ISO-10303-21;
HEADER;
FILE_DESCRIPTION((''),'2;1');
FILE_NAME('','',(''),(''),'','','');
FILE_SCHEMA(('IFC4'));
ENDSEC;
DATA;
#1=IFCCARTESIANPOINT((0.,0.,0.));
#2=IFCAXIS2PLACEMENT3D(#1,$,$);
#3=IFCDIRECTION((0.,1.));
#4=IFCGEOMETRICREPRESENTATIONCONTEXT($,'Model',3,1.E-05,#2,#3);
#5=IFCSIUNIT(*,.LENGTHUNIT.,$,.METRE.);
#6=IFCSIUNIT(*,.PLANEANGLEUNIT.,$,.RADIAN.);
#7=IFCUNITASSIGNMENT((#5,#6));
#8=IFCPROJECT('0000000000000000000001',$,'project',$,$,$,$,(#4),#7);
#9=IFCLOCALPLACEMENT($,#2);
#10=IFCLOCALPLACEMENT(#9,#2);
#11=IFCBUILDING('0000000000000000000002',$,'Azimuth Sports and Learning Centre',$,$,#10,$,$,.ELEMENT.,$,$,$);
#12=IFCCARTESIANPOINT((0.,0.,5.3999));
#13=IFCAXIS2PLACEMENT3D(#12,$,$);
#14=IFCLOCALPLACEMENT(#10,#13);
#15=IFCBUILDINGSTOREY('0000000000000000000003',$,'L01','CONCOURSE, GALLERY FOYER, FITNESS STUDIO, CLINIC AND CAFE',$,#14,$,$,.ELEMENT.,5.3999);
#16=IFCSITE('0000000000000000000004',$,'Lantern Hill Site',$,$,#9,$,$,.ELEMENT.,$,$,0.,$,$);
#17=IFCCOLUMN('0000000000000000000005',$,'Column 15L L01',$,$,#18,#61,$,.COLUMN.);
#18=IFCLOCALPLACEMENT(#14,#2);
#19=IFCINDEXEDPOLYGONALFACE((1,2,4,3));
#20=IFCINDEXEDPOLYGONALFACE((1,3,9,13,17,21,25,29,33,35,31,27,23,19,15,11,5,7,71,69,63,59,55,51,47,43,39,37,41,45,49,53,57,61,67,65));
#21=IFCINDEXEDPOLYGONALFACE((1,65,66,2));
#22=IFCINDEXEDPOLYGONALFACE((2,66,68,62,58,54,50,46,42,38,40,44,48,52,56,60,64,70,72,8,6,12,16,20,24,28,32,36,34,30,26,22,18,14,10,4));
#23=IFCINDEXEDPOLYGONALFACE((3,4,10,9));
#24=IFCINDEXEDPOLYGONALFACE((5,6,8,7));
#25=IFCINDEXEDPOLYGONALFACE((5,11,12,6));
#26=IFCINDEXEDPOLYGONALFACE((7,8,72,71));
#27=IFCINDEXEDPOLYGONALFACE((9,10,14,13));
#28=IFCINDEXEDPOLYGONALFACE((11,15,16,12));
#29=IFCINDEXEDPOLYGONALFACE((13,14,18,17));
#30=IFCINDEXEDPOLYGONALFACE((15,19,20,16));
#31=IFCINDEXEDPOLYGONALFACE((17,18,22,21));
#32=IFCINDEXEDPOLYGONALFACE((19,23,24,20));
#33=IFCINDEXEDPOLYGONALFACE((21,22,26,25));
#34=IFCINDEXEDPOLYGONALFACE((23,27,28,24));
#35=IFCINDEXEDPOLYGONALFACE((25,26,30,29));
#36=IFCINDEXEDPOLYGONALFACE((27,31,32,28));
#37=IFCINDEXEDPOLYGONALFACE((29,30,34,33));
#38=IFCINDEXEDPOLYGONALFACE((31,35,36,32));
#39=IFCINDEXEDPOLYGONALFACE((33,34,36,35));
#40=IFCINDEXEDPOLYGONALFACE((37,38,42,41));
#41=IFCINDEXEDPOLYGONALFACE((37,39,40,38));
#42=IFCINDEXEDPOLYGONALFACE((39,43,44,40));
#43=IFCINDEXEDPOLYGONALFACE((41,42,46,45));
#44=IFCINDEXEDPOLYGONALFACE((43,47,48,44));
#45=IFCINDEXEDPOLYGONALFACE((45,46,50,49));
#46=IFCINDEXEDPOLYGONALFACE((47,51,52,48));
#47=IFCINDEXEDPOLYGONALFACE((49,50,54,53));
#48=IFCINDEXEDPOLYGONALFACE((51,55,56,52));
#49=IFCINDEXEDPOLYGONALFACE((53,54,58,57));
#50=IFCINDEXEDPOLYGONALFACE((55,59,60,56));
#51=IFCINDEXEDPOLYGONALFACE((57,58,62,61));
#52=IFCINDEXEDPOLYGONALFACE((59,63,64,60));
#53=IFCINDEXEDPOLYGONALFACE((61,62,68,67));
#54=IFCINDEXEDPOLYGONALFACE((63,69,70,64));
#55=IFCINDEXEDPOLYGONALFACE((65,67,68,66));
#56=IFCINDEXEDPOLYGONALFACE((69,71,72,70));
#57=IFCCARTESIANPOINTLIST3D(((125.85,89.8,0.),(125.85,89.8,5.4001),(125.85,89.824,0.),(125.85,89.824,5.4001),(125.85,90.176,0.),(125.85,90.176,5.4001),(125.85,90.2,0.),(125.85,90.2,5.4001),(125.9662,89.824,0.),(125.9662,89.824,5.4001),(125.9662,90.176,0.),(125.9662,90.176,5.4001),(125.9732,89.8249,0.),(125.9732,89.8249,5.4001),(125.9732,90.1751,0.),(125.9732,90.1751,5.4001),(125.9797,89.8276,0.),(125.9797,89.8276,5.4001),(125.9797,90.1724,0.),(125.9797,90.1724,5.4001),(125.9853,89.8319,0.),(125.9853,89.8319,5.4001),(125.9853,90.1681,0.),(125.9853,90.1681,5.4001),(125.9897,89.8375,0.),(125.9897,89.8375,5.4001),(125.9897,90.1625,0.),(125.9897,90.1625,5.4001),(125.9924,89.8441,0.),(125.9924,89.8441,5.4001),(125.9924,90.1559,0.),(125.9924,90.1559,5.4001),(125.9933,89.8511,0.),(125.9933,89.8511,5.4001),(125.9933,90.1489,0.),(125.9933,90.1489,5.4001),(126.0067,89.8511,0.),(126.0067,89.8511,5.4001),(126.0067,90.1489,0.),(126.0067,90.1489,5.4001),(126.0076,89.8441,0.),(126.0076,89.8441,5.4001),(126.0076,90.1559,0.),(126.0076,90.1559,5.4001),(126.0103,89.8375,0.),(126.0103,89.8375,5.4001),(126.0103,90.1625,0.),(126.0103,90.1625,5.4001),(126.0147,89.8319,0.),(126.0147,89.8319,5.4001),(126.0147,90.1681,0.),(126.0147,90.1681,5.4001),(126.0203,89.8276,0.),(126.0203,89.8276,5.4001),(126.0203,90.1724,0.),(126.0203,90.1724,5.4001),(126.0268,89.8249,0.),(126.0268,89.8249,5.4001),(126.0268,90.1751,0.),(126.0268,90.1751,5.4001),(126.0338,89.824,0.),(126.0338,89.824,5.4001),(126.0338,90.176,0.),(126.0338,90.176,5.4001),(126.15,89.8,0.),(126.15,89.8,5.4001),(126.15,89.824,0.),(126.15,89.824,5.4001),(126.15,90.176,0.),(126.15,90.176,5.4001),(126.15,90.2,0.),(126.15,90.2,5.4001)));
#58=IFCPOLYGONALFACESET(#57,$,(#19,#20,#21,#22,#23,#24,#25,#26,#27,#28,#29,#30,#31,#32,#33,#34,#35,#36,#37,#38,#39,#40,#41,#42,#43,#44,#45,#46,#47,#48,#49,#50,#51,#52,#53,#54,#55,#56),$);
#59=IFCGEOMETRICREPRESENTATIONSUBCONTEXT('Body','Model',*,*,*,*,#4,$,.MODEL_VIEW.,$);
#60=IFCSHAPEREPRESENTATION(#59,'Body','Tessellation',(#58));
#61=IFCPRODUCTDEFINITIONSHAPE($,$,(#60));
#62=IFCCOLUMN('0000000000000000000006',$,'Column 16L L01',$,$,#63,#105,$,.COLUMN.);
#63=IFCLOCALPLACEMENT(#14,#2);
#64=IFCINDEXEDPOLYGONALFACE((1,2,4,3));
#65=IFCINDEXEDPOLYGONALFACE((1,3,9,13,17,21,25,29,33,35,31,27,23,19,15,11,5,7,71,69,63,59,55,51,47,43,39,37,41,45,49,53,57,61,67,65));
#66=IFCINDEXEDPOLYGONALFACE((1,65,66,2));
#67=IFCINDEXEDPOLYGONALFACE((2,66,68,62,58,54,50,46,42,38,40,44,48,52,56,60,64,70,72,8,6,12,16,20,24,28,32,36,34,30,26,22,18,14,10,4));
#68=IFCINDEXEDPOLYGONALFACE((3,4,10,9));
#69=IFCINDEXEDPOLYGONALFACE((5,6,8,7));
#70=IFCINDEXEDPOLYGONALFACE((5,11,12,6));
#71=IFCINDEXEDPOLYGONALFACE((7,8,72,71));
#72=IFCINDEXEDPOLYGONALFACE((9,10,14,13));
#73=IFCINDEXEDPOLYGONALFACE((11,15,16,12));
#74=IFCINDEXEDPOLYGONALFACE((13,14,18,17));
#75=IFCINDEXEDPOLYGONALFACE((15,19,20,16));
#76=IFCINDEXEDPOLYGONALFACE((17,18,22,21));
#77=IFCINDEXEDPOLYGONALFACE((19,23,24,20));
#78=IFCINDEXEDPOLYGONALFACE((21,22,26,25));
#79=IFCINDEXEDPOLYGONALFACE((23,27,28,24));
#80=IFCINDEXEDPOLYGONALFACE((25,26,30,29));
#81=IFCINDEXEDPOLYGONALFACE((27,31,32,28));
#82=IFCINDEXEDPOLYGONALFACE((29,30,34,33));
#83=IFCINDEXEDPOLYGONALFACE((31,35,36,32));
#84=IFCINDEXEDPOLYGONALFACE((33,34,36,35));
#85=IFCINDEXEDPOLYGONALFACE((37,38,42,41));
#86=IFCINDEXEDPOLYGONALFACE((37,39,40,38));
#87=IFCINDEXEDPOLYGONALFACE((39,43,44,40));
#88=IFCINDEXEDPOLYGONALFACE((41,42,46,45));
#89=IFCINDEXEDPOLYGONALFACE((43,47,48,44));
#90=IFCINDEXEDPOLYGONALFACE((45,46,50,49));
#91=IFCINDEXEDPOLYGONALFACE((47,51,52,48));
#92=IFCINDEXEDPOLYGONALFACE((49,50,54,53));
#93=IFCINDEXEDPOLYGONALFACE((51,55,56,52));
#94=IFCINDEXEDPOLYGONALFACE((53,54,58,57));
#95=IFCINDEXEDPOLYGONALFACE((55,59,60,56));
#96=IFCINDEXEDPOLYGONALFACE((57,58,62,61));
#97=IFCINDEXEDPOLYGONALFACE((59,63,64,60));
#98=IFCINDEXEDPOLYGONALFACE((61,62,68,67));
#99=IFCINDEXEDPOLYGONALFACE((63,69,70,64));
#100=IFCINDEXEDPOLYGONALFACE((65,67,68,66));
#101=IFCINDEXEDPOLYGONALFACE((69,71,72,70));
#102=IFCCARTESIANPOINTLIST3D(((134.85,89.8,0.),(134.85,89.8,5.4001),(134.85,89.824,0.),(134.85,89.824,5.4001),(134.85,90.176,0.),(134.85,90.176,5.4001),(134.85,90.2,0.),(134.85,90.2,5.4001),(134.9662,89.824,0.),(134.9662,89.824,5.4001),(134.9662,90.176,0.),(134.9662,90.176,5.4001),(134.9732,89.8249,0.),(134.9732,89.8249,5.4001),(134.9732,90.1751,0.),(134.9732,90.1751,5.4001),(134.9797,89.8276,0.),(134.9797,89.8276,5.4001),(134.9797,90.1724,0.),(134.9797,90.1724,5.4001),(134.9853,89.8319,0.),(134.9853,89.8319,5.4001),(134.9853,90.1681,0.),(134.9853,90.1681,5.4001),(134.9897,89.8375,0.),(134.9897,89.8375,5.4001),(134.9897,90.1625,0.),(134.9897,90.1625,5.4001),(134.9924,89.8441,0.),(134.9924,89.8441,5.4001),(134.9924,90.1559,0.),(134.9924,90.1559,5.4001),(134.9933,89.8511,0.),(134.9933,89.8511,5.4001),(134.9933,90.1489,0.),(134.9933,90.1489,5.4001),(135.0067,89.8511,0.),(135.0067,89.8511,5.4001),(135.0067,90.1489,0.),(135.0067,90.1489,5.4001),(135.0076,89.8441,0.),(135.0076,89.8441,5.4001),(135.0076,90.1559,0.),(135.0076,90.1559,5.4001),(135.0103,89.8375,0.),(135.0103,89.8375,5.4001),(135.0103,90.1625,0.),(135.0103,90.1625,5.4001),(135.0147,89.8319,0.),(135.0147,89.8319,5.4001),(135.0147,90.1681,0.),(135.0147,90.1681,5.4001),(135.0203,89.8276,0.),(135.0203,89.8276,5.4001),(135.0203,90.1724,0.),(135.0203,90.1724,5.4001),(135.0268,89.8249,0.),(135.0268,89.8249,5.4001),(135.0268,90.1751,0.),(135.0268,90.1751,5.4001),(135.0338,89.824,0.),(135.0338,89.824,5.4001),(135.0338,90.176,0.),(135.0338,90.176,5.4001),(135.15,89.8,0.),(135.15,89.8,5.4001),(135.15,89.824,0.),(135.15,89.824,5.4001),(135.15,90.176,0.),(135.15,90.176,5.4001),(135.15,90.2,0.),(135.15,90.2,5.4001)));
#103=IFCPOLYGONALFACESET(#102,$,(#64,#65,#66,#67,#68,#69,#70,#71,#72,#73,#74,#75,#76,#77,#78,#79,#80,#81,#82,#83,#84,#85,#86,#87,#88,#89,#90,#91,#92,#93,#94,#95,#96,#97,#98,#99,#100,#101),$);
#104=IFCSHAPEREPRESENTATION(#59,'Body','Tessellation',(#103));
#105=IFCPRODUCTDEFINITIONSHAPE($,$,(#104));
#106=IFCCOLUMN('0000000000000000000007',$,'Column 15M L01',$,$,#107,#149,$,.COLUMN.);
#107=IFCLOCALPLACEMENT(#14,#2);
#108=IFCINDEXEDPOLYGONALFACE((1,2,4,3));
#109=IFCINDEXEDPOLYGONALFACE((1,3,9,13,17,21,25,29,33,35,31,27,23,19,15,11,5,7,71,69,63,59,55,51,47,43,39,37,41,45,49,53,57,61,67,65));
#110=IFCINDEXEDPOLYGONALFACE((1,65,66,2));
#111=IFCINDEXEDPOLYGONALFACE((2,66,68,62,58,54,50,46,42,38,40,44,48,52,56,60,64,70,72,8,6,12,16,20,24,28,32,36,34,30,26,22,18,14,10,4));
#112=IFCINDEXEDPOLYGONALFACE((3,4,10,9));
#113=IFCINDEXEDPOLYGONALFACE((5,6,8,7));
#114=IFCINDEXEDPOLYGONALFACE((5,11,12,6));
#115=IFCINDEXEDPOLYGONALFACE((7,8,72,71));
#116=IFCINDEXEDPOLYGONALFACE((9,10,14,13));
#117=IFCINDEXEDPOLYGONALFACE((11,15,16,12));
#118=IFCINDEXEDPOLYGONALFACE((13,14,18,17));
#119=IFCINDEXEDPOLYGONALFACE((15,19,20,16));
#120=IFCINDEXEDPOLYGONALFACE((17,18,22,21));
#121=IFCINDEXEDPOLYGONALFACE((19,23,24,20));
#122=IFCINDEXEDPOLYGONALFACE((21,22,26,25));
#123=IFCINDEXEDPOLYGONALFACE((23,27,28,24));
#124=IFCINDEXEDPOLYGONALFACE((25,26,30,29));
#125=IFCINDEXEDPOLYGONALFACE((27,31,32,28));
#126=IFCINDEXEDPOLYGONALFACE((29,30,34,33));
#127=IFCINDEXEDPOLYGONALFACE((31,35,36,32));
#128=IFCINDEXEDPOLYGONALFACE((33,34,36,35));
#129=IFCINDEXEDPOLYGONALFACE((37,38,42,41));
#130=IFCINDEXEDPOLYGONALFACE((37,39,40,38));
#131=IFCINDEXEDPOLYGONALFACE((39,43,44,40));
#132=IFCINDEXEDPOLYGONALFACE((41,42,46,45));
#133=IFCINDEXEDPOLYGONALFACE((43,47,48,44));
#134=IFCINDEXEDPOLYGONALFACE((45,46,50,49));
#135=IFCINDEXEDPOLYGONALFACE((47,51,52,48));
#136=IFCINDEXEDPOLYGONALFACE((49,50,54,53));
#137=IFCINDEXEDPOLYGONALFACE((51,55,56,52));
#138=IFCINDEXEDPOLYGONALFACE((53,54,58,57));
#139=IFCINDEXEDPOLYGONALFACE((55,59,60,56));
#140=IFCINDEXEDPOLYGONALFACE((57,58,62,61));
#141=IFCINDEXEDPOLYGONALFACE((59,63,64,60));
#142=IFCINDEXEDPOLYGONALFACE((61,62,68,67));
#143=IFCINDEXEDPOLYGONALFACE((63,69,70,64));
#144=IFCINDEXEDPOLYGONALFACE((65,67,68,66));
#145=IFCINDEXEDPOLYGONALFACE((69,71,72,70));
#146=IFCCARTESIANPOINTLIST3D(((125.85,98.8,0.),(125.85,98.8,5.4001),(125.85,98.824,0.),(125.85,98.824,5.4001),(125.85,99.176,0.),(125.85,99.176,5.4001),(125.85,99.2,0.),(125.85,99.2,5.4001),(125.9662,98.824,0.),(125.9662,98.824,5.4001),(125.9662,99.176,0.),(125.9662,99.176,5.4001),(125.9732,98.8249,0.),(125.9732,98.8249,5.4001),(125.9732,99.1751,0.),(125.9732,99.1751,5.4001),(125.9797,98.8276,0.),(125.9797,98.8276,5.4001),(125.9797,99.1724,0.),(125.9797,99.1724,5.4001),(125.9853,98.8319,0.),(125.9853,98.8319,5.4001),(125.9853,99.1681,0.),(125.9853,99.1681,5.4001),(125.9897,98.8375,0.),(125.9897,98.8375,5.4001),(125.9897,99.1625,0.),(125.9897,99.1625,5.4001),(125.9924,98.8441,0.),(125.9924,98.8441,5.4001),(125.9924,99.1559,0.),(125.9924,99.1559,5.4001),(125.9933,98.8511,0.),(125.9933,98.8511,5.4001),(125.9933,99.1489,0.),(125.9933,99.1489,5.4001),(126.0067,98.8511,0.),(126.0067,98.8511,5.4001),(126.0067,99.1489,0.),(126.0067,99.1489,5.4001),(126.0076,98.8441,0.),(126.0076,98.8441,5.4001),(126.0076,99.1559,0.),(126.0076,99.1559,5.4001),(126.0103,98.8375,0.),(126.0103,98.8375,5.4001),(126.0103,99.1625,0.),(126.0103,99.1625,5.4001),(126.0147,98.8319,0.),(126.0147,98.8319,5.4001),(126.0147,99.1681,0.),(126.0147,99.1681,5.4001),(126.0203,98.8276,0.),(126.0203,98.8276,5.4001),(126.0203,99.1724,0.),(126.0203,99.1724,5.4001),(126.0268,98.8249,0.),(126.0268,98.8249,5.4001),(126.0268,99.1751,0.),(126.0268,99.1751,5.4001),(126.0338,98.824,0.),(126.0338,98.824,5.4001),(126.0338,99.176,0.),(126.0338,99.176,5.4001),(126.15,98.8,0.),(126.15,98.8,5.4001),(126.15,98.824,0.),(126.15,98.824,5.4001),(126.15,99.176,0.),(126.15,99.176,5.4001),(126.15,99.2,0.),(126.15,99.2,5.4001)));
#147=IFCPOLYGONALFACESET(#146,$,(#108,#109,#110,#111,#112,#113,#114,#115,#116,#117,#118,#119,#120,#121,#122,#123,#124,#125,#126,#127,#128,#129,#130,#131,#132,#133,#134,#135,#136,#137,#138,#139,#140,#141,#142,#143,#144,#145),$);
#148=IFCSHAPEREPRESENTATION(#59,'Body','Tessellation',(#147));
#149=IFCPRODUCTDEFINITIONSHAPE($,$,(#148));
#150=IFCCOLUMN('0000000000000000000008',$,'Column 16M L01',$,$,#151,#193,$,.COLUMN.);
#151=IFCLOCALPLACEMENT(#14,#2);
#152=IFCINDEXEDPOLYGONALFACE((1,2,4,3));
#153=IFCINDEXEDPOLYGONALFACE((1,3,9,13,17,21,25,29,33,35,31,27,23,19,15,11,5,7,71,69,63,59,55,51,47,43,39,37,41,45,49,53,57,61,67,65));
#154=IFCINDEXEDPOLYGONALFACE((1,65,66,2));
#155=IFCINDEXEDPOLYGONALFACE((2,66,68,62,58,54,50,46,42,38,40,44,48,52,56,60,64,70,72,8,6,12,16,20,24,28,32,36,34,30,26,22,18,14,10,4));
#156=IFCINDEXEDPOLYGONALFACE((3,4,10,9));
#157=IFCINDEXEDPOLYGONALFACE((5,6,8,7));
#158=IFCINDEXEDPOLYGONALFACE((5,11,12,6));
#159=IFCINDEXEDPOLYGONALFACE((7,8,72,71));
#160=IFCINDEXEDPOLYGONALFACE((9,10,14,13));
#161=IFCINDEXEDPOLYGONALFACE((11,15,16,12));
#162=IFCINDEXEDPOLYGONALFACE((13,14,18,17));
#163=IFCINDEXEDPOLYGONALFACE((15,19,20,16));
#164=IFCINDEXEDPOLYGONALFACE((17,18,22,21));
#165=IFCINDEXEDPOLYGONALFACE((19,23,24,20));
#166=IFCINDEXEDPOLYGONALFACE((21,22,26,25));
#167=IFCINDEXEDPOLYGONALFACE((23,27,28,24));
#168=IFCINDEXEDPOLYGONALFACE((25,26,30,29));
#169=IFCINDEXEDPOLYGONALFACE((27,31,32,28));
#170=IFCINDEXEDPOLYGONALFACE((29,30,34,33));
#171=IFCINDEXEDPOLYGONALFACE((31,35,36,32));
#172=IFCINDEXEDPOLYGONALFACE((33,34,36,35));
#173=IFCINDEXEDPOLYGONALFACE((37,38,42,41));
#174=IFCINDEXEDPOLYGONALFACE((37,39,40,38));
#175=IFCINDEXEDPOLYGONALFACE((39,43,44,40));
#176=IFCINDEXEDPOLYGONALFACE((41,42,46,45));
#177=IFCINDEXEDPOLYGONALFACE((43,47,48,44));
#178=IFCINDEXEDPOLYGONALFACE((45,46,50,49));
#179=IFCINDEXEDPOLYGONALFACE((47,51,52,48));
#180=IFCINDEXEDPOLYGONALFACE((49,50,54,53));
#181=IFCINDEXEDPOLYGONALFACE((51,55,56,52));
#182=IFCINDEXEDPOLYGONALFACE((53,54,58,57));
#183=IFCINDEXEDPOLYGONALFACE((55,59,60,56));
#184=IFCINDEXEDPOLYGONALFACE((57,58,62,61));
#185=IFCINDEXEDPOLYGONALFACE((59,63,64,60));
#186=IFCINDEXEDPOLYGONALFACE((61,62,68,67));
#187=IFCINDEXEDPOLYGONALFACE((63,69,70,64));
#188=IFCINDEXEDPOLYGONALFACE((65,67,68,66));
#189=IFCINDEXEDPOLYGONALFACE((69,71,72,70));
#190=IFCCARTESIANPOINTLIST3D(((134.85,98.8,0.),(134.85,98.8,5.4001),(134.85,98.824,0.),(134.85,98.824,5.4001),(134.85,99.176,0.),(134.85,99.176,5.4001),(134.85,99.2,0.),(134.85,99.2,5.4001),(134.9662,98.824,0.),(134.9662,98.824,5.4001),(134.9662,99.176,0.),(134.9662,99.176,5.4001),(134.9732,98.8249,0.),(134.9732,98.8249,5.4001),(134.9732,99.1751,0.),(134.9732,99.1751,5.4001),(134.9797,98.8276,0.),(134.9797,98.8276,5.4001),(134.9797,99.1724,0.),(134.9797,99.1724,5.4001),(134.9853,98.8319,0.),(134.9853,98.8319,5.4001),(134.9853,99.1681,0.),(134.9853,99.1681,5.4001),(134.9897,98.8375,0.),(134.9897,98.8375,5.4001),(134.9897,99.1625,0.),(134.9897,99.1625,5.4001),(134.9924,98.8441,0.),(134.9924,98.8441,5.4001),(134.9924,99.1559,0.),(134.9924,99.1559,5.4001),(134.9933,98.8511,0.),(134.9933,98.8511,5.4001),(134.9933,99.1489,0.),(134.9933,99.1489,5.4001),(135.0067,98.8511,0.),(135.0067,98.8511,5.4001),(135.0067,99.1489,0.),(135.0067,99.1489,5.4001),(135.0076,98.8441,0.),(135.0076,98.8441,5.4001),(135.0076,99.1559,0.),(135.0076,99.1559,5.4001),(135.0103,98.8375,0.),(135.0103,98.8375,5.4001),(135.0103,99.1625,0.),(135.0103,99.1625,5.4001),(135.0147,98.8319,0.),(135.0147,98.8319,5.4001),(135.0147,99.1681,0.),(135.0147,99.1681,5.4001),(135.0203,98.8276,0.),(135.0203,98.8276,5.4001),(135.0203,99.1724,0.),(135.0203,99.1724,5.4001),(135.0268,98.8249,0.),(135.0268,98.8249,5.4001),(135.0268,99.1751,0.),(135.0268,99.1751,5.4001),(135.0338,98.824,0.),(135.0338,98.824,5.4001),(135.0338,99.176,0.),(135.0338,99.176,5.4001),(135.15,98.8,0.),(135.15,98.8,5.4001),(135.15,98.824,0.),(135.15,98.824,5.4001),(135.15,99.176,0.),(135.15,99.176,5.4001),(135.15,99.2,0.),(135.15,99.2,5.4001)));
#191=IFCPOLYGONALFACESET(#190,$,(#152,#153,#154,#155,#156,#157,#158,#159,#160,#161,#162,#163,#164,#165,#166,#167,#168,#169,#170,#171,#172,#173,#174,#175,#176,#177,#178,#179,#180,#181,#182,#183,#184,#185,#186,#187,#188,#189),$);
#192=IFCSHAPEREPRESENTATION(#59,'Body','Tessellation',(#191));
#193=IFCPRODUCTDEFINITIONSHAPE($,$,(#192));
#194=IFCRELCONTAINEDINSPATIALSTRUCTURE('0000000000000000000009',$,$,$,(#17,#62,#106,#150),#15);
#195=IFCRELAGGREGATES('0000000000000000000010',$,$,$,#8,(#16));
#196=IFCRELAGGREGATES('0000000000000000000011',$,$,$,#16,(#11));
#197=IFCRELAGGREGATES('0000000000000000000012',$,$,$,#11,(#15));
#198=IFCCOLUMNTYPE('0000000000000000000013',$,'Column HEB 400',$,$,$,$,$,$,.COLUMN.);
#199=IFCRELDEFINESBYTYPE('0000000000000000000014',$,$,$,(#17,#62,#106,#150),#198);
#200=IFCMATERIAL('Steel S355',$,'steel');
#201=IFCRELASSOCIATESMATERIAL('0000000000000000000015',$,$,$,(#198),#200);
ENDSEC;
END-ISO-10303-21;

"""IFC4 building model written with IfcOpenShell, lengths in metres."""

from ifc_helpers import new_model, si_unit, direction, frame, origin, origin_2d, place, context, subcontext, project, spatial, i_section, extrude, material, material_profile, profile_set, type_object, element, save


model = new_model("IFC4")

# Units and contexts
model_context = context("Model", 3, precision=1e-05, world=origin(), true_north=direction((0.0, 1.0)))
body_context = subcontext(model_context, "Body", "Model", "MODEL_VIEW")
ifc_project = project(units=[si_unit("LENGTHUNIT", "METRE"), si_unit("PLANEANGLEUNIT", "RADIAN")], contexts=[model_context])

# Site, building, storey
site_placement = place(None, origin())
site = spatial("IfcSite", under=ifc_project, at=site_placement, Name="Lantern Hill Site", CompositionType="ELEMENT", RefElevation=0.0)
building_placement = place(site_placement, origin())
building = spatial("IfcBuilding", under=site, at=building_placement, Name="Azimuth Sports and Learning Centre", CompositionType="ELEMENT")
storey_placement = place(building_placement, frame((0.0, 0.0, 5.3999)))
storey = spatial("IfcBuildingStorey", under=building, at=storey_placement, Name="L01", Description="CONCOURSE, GALLERY FOYER, FITNESS STUDIO, CLINIC AND CAFE", CompositionType="ELEMENT", Elevation=5.3999)

# Columns
ifc_material_1 = material(Name="Steel S355", Category="steel")
ifc_material_profile_1 = material_profile(ifc_material_1, i_section(OverallWidth=0.3, OverallDepth=0.3999, WebThickness=0.0134, FlangeThickness=0.0239, FilletRadius=0.0271, at=origin_2d()), Name="HEB 400")
ifc_profile_set_1 = profile_set([ifc_material_profile_1], Name="Steel S355")
column_type = type_object("IfcColumnType", Name="Column HEB 400", PredefinedType="COLUMN", material=ifc_profile_set_1)
for number, where, z_axis, x_axis, name in (
    (1, (126.0, 90.0, 0.0), (0.0, 0.0, 1.0), (1.0, 0.0, 0.0), "Column 15L L01"),
    (2, (135.0, 90.0, 0.0), (0.0, 0.0, 1.0), (1.0, 0.0, 0.0), "Column 16L L01"),
    (3, (126.0, 99.0, 0.0), (0.0, 0.0, 1.0), (1.0, 0.0, 0.0), "Column 15M L01"),
    (4, (135.0, 99.0, 0.0), (0.0, 0.0, 1.0), (1.0, 0.0, 0.0), "Column 16M L01"),
):
    element("IfcColumn", number, at=place(storey_placement, frame(where, z_axis=z_axis, x_axis=x_axis)), inside=storey, type_object=column_type, Name=name, PredefinedType="COLUMN", context=body_context, shape_type="SweptSolid", body=[
        extrude(i_section(OverallWidth=0.3, OverallDepth=0.3999, WebThickness=0.0134, FlangeThickness=0.0239, FilletRadius=0.0271, at=origin_2d()), origin(), (0.0, 0.0, 1.0), 5.4001),
    ])

save(model, "model.ifc")
